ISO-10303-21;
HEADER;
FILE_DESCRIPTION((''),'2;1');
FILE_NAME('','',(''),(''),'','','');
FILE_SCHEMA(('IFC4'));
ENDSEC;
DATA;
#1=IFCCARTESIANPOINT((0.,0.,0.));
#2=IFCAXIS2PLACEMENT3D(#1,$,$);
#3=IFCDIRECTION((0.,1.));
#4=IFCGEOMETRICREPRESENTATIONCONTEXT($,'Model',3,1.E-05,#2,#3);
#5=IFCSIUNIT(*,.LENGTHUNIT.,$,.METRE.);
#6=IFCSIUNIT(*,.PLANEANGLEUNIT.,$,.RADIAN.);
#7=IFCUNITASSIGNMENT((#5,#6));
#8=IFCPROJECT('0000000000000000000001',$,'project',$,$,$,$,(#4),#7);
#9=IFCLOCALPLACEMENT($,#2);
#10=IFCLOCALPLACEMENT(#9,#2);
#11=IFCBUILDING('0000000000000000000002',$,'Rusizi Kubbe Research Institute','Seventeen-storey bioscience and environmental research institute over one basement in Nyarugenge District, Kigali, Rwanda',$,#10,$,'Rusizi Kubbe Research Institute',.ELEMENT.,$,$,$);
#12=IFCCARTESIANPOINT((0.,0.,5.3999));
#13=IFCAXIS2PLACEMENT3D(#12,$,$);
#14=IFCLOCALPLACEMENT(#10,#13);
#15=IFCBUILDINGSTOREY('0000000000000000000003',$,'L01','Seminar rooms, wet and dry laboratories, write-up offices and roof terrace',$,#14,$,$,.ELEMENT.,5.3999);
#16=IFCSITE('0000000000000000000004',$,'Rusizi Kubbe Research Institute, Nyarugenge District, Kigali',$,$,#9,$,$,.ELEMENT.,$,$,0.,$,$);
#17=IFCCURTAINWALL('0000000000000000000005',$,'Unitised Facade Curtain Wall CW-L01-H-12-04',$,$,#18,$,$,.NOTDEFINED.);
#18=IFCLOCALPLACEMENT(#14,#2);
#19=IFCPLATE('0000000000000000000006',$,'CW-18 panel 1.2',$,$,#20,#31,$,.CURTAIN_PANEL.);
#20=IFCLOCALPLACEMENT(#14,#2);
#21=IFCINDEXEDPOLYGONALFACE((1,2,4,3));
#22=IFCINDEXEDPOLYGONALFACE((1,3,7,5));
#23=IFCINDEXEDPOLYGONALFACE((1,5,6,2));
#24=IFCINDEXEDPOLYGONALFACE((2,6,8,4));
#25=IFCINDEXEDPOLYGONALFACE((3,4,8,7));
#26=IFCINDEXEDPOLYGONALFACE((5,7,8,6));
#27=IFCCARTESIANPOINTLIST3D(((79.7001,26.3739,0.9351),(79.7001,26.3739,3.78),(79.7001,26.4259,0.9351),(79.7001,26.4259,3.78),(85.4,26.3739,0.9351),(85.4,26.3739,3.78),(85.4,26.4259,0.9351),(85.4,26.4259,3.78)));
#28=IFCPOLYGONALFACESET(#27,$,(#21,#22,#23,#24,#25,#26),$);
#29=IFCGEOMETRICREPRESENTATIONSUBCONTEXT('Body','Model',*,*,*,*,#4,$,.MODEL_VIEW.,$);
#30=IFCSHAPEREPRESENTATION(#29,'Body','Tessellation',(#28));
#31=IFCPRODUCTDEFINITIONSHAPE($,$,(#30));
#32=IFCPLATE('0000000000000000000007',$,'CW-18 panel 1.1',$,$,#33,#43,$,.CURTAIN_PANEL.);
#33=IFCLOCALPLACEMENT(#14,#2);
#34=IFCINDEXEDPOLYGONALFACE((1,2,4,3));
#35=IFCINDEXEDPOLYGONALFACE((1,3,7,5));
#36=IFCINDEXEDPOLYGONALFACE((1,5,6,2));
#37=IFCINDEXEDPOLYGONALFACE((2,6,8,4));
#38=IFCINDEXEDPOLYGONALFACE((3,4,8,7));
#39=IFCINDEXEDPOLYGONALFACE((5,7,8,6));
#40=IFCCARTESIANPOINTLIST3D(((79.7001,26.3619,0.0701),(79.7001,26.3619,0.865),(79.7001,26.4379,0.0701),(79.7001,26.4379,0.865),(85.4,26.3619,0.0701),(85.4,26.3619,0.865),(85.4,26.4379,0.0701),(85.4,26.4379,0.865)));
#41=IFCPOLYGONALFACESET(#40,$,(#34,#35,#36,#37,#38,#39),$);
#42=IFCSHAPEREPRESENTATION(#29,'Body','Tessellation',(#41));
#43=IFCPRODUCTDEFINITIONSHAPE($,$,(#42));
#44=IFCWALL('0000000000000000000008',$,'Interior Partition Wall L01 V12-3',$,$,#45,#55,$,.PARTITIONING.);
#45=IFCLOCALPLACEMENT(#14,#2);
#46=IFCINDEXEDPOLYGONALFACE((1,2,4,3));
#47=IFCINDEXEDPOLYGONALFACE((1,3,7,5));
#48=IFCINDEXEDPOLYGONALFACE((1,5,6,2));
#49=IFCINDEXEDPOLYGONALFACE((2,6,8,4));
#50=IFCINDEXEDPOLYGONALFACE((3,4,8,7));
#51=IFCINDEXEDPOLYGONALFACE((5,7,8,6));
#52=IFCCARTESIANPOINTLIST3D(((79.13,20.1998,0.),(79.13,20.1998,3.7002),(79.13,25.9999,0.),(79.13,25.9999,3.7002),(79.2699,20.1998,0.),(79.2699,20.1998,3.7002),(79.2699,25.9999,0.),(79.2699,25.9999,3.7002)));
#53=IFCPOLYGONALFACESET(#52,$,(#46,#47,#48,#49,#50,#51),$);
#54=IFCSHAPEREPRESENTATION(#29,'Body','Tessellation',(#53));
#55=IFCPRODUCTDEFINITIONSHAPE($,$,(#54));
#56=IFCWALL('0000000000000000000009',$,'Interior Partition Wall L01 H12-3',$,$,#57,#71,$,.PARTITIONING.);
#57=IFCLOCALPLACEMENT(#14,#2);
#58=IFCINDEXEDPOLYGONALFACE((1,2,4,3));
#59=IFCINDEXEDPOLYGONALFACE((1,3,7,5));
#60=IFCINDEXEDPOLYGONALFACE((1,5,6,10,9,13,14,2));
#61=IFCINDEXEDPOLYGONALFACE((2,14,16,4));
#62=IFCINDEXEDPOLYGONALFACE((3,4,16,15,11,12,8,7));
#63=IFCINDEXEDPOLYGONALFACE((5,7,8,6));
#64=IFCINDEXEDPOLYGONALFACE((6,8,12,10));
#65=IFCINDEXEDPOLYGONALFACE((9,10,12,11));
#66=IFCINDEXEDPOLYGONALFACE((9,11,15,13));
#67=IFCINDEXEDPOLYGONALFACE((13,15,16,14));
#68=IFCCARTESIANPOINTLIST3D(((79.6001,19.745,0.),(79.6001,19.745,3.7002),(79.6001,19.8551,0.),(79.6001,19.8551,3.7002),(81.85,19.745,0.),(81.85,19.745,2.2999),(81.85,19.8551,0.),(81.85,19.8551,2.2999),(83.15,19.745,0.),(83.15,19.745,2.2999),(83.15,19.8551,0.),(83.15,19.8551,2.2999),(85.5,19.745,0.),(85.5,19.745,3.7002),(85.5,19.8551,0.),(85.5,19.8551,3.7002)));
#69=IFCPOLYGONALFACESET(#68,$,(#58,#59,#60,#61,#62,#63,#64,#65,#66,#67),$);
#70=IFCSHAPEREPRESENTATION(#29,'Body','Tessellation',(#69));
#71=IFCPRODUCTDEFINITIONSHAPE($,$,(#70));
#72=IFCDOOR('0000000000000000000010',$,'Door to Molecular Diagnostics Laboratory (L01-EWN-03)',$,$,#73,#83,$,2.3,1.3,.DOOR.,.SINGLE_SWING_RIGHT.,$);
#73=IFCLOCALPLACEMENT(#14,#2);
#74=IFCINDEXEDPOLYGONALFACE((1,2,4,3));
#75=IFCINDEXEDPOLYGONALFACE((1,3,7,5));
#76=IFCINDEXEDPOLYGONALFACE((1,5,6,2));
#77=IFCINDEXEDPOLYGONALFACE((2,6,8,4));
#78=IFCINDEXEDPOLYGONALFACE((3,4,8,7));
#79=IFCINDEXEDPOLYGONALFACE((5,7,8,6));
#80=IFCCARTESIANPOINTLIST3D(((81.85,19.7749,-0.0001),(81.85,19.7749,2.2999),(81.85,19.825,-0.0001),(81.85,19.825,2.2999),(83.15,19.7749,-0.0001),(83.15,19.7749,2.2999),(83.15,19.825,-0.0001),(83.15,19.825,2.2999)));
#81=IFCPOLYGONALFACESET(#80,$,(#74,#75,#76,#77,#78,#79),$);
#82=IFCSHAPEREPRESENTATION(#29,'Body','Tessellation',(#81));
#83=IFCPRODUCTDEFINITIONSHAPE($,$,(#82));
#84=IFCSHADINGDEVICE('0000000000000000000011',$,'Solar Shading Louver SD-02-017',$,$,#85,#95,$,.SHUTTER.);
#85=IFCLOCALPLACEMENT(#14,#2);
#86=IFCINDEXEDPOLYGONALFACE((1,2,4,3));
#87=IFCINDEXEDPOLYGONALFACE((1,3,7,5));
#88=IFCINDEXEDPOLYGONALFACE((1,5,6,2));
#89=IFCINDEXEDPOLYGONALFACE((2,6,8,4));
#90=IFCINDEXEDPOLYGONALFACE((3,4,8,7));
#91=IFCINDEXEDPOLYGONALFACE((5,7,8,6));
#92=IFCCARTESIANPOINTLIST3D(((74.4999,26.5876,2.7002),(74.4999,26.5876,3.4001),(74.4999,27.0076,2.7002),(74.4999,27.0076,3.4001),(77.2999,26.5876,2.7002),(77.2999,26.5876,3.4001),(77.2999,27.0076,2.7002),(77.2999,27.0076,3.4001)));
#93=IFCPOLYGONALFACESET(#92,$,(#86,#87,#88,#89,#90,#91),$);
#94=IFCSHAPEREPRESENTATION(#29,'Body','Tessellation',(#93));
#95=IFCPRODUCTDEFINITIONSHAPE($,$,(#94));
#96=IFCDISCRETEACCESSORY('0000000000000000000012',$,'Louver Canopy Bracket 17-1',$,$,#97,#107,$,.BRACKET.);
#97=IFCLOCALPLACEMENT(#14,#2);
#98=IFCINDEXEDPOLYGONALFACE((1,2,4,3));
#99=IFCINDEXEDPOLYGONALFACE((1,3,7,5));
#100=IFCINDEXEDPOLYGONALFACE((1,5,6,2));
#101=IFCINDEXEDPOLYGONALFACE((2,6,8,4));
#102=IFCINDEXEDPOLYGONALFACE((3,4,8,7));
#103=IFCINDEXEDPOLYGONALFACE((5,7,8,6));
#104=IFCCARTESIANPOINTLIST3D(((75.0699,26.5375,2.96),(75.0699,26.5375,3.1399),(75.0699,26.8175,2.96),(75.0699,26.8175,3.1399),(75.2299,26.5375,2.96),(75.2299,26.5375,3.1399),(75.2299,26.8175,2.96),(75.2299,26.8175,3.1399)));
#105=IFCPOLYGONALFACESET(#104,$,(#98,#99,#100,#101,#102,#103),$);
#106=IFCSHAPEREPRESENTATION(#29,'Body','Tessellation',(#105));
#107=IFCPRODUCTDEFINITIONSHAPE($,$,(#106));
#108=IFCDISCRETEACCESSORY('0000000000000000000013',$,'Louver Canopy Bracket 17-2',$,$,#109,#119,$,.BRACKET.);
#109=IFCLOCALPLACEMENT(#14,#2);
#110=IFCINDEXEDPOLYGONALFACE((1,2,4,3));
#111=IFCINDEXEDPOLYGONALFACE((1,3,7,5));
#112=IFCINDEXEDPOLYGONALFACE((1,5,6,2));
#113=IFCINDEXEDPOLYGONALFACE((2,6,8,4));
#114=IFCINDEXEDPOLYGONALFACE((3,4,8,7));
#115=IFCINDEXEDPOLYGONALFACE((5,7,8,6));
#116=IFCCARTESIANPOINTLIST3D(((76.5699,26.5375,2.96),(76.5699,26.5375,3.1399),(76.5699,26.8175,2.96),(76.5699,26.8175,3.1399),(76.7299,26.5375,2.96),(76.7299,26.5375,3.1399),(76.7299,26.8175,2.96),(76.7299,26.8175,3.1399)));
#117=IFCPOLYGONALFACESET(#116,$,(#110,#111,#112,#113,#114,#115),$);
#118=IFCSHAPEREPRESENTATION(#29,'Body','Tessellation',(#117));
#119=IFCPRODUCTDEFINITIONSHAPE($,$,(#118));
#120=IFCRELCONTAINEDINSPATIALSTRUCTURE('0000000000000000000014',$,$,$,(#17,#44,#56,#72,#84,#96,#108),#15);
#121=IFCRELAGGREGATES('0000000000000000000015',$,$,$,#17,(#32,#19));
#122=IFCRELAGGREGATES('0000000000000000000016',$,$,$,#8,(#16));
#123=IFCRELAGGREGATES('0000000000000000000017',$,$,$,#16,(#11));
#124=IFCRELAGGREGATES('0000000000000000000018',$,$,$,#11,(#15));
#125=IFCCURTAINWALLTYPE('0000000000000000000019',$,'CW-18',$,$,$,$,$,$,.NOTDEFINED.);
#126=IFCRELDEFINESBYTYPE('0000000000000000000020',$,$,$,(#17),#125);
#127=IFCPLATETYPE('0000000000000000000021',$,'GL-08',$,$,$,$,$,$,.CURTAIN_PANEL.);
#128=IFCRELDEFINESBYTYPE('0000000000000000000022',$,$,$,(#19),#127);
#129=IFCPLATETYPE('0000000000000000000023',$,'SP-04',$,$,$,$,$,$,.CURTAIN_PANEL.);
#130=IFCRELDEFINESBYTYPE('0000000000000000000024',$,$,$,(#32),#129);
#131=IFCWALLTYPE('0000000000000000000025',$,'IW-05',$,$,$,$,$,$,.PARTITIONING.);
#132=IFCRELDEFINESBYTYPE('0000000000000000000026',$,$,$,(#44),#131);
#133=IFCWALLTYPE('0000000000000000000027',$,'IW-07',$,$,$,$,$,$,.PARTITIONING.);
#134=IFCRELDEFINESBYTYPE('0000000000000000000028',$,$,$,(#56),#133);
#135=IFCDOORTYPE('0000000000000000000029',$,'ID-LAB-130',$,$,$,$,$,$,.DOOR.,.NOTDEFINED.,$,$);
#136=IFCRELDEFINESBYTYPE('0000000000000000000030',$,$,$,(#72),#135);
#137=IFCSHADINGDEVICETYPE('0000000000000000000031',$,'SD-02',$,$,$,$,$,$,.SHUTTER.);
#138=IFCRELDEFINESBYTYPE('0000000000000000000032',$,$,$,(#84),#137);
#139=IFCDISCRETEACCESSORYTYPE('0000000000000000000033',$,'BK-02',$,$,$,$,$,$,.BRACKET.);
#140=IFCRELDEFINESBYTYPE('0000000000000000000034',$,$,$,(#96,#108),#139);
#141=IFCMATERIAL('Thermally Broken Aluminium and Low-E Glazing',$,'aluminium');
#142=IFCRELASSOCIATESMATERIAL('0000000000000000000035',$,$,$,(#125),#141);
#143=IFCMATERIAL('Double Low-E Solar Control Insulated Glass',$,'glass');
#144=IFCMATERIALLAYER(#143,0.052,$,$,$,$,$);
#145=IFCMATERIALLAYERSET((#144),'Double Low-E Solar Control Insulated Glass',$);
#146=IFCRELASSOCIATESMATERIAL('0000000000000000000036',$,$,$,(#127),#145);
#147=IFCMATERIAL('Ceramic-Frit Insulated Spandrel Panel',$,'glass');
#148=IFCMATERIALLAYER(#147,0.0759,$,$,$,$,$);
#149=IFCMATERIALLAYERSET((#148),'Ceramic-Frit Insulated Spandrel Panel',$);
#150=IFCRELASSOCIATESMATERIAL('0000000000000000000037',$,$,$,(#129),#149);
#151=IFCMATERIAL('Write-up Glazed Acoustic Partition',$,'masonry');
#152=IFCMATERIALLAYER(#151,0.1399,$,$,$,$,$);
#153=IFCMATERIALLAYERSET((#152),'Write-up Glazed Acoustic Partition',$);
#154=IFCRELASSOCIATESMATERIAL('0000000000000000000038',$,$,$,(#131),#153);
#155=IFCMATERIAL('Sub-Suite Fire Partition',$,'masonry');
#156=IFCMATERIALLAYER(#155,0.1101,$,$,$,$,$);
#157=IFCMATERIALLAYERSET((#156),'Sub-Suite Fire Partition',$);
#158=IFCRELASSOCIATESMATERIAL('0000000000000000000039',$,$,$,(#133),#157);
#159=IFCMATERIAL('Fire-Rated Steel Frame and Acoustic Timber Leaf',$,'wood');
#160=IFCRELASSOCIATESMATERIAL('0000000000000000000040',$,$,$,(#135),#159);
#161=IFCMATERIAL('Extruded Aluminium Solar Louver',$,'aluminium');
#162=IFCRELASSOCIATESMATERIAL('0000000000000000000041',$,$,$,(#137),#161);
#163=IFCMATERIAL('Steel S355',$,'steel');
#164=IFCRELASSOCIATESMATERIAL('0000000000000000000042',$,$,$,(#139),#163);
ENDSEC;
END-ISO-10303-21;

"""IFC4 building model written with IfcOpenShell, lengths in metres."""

from ifc_helpers import new_model, si_unit, direction, frame, frame_2d, origin, origin_2d, place, context, subcontext, project, spatial, rectangle, extrude, material, layer, layer_set, type_object, element, fill, aggregate, save


model = new_model("IFC4")

# Units and contexts
model_context = context("Model", 3, precision=1e-05, world=origin(), true_north=direction((0.0, 1.0)))
body_context = subcontext(model_context, "Body", "Model", "MODEL_VIEW")
ifc_project = project(units=[si_unit("LENGTHUNIT", "METRE"), si_unit("PLANEANGLEUNIT", "RADIAN")], contexts=[model_context])

# Site, building, storey
site_placement = place(None, origin())
site = spatial("IfcSite", under=ifc_project, at=site_placement, Name="Rusizi Kubbe Research Institute, Nyarugenge District, Kigali", CompositionType="ELEMENT", RefElevation=0.0)
building_placement = place(site_placement, origin())
building = spatial("IfcBuilding", under=site, at=building_placement, Name="Rusizi Kubbe Research Institute", Description="Seventeen-storey bioscience and environmental research institute over one basement in Nyarugenge District, Kigali, Rwanda", LongName="Rusizi Kubbe Research Institute", CompositionType="ELEMENT")
storey_placement = place(building_placement, frame((0.0, 0.0, 5.3999)))
storey = spatial("IfcBuildingStorey", under=building, at=storey_placement, Name="L01", Description="Seminar rooms, wet and dry laboratories, write-up offices and roof terrace", CompositionType="ELEMENT", Elevation=5.3999)

# Curtain wall, plates
ifc_material_1 = material(Name="Thermally Broken Aluminium and Low-E Glazing", Category="aluminium")
curtain_wall_type = type_object("IfcCurtainWallType", Name="CW-18", PredefinedType="NOTDEFINED", material=ifc_material_1)
curtain_wall_placement = place(storey_placement, origin())
curtain_wall = element("IfcCurtainWall", 1, at=curtain_wall_placement, inside=storey, type_object=curtain_wall_type, Name="Unitised Facade Curtain Wall CW-L01-H-12-04", PredefinedType="NOTDEFINED")
ifc_material_2 = material(Name="Double Low-E Solar Control Insulated Glass", Category="glass")
ifc_layer_1 = layer(ifc_material_2, 0.052)
ifc_layer_set_1 = layer_set([ifc_layer_1], Name="Double Low-E Solar Control Insulated Glass")
plate_type_1 = type_object("IfcPlateType", Name="GL-08", PredefinedType="CURTAIN_PANEL", material=ifc_layer_set_1)
plate_1_placement = place(storey_placement, frame((82.55, 26.3999, 0.9351), z_axis=(0.0, 0.0, 1.0), x_axis=(1.0, 0.0, 0.0)))
plate_1 = element("IfcPlate", 2, at=plate_1_placement, type_object=plate_type_1, Name="CW-18 panel 1.2", PredefinedType="CURTAIN_PANEL", context=body_context, shape_type="SweptSolid", body=[
    extrude(rectangle(XDim=5.7, YDim=0.052, at=origin_2d()), origin(), (0.0, 0.0, 1.0), 2.845),
])
ifc_material_3 = material(Name="Ceramic-Frit Insulated Spandrel Panel", Category="glass")
ifc_layer_2 = layer(ifc_material_3, 0.0759)
ifc_layer_set_2 = layer_set([ifc_layer_2], Name="Ceramic-Frit Insulated Spandrel Panel")
plate_type_2 = type_object("IfcPlateType", Name="SP-04", PredefinedType="CURTAIN_PANEL", material=ifc_layer_set_2)
plate_2_placement = place(storey_placement, frame((82.55, 26.3999, 0.0701), z_axis=(0.0, 0.0, 1.0), x_axis=(1.0, 0.0, 0.0)))
plate_2 = element("IfcPlate", 3, at=plate_2_placement, type_object=plate_type_2, Name="CW-18 panel 1.1", PredefinedType="CURTAIN_PANEL", context=body_context, shape_type="SweptSolid", body=[
    extrude(rectangle(XDim=5.7, YDim=0.0759, at=origin_2d()), origin(), (0.0, 0.0, 1.0), 0.7949),
])
aggregate(curtain_wall, [plate_2, plate_1])

# Wall
ifc_material_4 = material(Name="Write-up Glazed Acoustic Partition", Category="masonry")
ifc_layer_3 = layer(ifc_material_4, 0.1399)
ifc_layer_set_3 = layer_set([ifc_layer_3], Name="Write-up Glazed Acoustic Partition")
wall_type_1 = type_object("IfcWallType", Name="IW-05", PredefinedType="PARTITIONING", material=ifc_layer_set_3)
wall_1_placement = place(storey_placement, frame((79.2, 20.2, 0.0), z_axis=(0.0, 0.0, 1.0), x_axis=(0.0, 1.0, 0.0)))
element("IfcWall", 4, at=wall_1_placement, inside=storey, type_object=wall_type_1, Name="Interior Partition Wall L01 V12-3", PredefinedType="PARTITIONING", context=body_context, shape_type="SweptSolid", body=[
    extrude(rectangle(XDim=5.8, YDim=0.1399, at=frame_2d((2.8999, 0.0))), origin(), (0.0, 0.0, 1.0), 3.7002),
])

# Wall, opening, door
ifc_material_5 = material(Name="Sub-Suite Fire Partition", Category="masonry")
ifc_layer_4 = layer(ifc_material_5, 0.1101)
ifc_layer_set_4 = layer_set([ifc_layer_4], Name="Sub-Suite Fire Partition")
wall_type_2 = type_object("IfcWallType", Name="IW-07", PredefinedType="PARTITIONING", material=ifc_layer_set_4)
wall_2_placement = place(storey_placement, frame((79.6001, 19.8, 0.0), z_axis=(0.0, 0.0, 1.0), x_axis=(1.0, 0.0, 0.0)))
wall_2 = element("IfcWall", 5, at=wall_2_placement, inside=storey, type_object=wall_type_2, Name="Interior Partition Wall L01 H12-3", PredefinedType="PARTITIONING", context=body_context, shape_type="SweptSolid", body=[
    extrude(rectangle(XDim=5.8999, YDim=0.1101, at=frame_2d((2.95, 0.0))), origin(), (0.0, 0.0, 1.0), 3.7002),
])
opening_placement = place(wall_2_placement, frame((2.25, 0.0, 0.0)))
opening = element("IfcOpeningElement", 6, at=opening_placement, cuts=wall_2, PredefinedType="OPENING", context=body_context, shape_type="SweptSolid", body=[
    extrude(rectangle(XDim=1.3, YDim=2.3, at=frame_2d((0.6499, 1.1499))), frame((0.0, 0.0649, 0.0), z_axis=(0.0, -1.0, 0.0), x_axis=(1.0, 0.0, 0.0)), (0.0, 0.0, 1.0), 0.1301),
])
ifc_material_6 = material(Name="Fire-Rated Steel Frame and Acoustic Timber Leaf", Category="wood")
door_type = type_object("IfcDoorType", Name="ID-LAB-130", OperationType="NOTDEFINED", PredefinedType="DOOR", material=ifc_material_6)
door_placement = place(opening_placement, origin())
door = element("IfcDoor", 7, at=door_placement, inside=storey, type_object=door_type, Name="Door to Molecular Diagnostics Laboratory (L01-EWN-03)", OperationType="SINGLE_SWING_RIGHT", OverallHeight=2.3, OverallWidth=1.3, PredefinedType="DOOR", context=body_context, shape_type="SweptSolid", body=[
    extrude(rectangle(XDim=1.3, YDim=2.3, at=frame_2d((0.6499, 1.1499))), frame((0.0, 0.0249, 0.0), z_axis=(0.0, -1.0, 0.0), x_axis=(1.0, 0.0, 0.0)), (0.0, 0.0, 1.0), 0.05),
])
fill(opening, door)

# Shading device
ifc_material_7 = material(Name="Extruded Aluminium Solar Louver", Category="aluminium")
shading_device_type = type_object("IfcShadingDeviceType", Name="SD-02", PredefinedType="SHUTTER", material=ifc_material_7)
shading_device_placement = place(storey_placement, frame((75.8999, 26.7976, 2.7002), z_axis=(0.0, 0.0, 1.0), x_axis=(1.0, 0.0, 0.0)))
element("IfcShadingDevice", 8, at=shading_device_placement, inside=storey, type_object=shading_device_type, Name="Solar Shading Louver SD-02-017", PredefinedType="SHUTTER", context=body_context, shape_type="SweptSolid", body=[
    extrude(rectangle(XDim=2.8, YDim=0.4199, at=origin_2d()), origin(), (0.0, 0.0, 1.0), 0.7),
])

# Discrete accessories
ifc_material_8 = material(Name="Steel S355", Category="steel")
discrete_accessory_type = type_object("IfcDiscreteAccessoryType", Name="BK-02", PredefinedType="BRACKET", material=ifc_material_8)
for number, where, z_axis, x_axis, name in (
    (9, (75.1499, 26.6775, 2.96), (0.0, 0.0, 1.0), (1.0, 0.0, 0.0), "Louver Canopy Bracket 17-1"),
    (10, (76.6499, 26.6775, 2.96), (0.0, 0.0, 1.0), (1.0, 0.0, 0.0), "Louver Canopy Bracket 17-2"),
):
    element("IfcDiscreteAccessory", number, at=place(storey_placement, frame(where, z_axis=z_axis, x_axis=x_axis)), inside=storey, type_object=discrete_accessory_type, Name=name, PredefinedType="BRACKET", context=body_context, shape_type="SweptSolid", body=[
        extrude(rectangle(XDim=0.1599, YDim=0.28, at=origin_2d()), origin(), (0.0, 0.0, 1.0), 0.1799),
    ])

save(model, "model.ifc")
